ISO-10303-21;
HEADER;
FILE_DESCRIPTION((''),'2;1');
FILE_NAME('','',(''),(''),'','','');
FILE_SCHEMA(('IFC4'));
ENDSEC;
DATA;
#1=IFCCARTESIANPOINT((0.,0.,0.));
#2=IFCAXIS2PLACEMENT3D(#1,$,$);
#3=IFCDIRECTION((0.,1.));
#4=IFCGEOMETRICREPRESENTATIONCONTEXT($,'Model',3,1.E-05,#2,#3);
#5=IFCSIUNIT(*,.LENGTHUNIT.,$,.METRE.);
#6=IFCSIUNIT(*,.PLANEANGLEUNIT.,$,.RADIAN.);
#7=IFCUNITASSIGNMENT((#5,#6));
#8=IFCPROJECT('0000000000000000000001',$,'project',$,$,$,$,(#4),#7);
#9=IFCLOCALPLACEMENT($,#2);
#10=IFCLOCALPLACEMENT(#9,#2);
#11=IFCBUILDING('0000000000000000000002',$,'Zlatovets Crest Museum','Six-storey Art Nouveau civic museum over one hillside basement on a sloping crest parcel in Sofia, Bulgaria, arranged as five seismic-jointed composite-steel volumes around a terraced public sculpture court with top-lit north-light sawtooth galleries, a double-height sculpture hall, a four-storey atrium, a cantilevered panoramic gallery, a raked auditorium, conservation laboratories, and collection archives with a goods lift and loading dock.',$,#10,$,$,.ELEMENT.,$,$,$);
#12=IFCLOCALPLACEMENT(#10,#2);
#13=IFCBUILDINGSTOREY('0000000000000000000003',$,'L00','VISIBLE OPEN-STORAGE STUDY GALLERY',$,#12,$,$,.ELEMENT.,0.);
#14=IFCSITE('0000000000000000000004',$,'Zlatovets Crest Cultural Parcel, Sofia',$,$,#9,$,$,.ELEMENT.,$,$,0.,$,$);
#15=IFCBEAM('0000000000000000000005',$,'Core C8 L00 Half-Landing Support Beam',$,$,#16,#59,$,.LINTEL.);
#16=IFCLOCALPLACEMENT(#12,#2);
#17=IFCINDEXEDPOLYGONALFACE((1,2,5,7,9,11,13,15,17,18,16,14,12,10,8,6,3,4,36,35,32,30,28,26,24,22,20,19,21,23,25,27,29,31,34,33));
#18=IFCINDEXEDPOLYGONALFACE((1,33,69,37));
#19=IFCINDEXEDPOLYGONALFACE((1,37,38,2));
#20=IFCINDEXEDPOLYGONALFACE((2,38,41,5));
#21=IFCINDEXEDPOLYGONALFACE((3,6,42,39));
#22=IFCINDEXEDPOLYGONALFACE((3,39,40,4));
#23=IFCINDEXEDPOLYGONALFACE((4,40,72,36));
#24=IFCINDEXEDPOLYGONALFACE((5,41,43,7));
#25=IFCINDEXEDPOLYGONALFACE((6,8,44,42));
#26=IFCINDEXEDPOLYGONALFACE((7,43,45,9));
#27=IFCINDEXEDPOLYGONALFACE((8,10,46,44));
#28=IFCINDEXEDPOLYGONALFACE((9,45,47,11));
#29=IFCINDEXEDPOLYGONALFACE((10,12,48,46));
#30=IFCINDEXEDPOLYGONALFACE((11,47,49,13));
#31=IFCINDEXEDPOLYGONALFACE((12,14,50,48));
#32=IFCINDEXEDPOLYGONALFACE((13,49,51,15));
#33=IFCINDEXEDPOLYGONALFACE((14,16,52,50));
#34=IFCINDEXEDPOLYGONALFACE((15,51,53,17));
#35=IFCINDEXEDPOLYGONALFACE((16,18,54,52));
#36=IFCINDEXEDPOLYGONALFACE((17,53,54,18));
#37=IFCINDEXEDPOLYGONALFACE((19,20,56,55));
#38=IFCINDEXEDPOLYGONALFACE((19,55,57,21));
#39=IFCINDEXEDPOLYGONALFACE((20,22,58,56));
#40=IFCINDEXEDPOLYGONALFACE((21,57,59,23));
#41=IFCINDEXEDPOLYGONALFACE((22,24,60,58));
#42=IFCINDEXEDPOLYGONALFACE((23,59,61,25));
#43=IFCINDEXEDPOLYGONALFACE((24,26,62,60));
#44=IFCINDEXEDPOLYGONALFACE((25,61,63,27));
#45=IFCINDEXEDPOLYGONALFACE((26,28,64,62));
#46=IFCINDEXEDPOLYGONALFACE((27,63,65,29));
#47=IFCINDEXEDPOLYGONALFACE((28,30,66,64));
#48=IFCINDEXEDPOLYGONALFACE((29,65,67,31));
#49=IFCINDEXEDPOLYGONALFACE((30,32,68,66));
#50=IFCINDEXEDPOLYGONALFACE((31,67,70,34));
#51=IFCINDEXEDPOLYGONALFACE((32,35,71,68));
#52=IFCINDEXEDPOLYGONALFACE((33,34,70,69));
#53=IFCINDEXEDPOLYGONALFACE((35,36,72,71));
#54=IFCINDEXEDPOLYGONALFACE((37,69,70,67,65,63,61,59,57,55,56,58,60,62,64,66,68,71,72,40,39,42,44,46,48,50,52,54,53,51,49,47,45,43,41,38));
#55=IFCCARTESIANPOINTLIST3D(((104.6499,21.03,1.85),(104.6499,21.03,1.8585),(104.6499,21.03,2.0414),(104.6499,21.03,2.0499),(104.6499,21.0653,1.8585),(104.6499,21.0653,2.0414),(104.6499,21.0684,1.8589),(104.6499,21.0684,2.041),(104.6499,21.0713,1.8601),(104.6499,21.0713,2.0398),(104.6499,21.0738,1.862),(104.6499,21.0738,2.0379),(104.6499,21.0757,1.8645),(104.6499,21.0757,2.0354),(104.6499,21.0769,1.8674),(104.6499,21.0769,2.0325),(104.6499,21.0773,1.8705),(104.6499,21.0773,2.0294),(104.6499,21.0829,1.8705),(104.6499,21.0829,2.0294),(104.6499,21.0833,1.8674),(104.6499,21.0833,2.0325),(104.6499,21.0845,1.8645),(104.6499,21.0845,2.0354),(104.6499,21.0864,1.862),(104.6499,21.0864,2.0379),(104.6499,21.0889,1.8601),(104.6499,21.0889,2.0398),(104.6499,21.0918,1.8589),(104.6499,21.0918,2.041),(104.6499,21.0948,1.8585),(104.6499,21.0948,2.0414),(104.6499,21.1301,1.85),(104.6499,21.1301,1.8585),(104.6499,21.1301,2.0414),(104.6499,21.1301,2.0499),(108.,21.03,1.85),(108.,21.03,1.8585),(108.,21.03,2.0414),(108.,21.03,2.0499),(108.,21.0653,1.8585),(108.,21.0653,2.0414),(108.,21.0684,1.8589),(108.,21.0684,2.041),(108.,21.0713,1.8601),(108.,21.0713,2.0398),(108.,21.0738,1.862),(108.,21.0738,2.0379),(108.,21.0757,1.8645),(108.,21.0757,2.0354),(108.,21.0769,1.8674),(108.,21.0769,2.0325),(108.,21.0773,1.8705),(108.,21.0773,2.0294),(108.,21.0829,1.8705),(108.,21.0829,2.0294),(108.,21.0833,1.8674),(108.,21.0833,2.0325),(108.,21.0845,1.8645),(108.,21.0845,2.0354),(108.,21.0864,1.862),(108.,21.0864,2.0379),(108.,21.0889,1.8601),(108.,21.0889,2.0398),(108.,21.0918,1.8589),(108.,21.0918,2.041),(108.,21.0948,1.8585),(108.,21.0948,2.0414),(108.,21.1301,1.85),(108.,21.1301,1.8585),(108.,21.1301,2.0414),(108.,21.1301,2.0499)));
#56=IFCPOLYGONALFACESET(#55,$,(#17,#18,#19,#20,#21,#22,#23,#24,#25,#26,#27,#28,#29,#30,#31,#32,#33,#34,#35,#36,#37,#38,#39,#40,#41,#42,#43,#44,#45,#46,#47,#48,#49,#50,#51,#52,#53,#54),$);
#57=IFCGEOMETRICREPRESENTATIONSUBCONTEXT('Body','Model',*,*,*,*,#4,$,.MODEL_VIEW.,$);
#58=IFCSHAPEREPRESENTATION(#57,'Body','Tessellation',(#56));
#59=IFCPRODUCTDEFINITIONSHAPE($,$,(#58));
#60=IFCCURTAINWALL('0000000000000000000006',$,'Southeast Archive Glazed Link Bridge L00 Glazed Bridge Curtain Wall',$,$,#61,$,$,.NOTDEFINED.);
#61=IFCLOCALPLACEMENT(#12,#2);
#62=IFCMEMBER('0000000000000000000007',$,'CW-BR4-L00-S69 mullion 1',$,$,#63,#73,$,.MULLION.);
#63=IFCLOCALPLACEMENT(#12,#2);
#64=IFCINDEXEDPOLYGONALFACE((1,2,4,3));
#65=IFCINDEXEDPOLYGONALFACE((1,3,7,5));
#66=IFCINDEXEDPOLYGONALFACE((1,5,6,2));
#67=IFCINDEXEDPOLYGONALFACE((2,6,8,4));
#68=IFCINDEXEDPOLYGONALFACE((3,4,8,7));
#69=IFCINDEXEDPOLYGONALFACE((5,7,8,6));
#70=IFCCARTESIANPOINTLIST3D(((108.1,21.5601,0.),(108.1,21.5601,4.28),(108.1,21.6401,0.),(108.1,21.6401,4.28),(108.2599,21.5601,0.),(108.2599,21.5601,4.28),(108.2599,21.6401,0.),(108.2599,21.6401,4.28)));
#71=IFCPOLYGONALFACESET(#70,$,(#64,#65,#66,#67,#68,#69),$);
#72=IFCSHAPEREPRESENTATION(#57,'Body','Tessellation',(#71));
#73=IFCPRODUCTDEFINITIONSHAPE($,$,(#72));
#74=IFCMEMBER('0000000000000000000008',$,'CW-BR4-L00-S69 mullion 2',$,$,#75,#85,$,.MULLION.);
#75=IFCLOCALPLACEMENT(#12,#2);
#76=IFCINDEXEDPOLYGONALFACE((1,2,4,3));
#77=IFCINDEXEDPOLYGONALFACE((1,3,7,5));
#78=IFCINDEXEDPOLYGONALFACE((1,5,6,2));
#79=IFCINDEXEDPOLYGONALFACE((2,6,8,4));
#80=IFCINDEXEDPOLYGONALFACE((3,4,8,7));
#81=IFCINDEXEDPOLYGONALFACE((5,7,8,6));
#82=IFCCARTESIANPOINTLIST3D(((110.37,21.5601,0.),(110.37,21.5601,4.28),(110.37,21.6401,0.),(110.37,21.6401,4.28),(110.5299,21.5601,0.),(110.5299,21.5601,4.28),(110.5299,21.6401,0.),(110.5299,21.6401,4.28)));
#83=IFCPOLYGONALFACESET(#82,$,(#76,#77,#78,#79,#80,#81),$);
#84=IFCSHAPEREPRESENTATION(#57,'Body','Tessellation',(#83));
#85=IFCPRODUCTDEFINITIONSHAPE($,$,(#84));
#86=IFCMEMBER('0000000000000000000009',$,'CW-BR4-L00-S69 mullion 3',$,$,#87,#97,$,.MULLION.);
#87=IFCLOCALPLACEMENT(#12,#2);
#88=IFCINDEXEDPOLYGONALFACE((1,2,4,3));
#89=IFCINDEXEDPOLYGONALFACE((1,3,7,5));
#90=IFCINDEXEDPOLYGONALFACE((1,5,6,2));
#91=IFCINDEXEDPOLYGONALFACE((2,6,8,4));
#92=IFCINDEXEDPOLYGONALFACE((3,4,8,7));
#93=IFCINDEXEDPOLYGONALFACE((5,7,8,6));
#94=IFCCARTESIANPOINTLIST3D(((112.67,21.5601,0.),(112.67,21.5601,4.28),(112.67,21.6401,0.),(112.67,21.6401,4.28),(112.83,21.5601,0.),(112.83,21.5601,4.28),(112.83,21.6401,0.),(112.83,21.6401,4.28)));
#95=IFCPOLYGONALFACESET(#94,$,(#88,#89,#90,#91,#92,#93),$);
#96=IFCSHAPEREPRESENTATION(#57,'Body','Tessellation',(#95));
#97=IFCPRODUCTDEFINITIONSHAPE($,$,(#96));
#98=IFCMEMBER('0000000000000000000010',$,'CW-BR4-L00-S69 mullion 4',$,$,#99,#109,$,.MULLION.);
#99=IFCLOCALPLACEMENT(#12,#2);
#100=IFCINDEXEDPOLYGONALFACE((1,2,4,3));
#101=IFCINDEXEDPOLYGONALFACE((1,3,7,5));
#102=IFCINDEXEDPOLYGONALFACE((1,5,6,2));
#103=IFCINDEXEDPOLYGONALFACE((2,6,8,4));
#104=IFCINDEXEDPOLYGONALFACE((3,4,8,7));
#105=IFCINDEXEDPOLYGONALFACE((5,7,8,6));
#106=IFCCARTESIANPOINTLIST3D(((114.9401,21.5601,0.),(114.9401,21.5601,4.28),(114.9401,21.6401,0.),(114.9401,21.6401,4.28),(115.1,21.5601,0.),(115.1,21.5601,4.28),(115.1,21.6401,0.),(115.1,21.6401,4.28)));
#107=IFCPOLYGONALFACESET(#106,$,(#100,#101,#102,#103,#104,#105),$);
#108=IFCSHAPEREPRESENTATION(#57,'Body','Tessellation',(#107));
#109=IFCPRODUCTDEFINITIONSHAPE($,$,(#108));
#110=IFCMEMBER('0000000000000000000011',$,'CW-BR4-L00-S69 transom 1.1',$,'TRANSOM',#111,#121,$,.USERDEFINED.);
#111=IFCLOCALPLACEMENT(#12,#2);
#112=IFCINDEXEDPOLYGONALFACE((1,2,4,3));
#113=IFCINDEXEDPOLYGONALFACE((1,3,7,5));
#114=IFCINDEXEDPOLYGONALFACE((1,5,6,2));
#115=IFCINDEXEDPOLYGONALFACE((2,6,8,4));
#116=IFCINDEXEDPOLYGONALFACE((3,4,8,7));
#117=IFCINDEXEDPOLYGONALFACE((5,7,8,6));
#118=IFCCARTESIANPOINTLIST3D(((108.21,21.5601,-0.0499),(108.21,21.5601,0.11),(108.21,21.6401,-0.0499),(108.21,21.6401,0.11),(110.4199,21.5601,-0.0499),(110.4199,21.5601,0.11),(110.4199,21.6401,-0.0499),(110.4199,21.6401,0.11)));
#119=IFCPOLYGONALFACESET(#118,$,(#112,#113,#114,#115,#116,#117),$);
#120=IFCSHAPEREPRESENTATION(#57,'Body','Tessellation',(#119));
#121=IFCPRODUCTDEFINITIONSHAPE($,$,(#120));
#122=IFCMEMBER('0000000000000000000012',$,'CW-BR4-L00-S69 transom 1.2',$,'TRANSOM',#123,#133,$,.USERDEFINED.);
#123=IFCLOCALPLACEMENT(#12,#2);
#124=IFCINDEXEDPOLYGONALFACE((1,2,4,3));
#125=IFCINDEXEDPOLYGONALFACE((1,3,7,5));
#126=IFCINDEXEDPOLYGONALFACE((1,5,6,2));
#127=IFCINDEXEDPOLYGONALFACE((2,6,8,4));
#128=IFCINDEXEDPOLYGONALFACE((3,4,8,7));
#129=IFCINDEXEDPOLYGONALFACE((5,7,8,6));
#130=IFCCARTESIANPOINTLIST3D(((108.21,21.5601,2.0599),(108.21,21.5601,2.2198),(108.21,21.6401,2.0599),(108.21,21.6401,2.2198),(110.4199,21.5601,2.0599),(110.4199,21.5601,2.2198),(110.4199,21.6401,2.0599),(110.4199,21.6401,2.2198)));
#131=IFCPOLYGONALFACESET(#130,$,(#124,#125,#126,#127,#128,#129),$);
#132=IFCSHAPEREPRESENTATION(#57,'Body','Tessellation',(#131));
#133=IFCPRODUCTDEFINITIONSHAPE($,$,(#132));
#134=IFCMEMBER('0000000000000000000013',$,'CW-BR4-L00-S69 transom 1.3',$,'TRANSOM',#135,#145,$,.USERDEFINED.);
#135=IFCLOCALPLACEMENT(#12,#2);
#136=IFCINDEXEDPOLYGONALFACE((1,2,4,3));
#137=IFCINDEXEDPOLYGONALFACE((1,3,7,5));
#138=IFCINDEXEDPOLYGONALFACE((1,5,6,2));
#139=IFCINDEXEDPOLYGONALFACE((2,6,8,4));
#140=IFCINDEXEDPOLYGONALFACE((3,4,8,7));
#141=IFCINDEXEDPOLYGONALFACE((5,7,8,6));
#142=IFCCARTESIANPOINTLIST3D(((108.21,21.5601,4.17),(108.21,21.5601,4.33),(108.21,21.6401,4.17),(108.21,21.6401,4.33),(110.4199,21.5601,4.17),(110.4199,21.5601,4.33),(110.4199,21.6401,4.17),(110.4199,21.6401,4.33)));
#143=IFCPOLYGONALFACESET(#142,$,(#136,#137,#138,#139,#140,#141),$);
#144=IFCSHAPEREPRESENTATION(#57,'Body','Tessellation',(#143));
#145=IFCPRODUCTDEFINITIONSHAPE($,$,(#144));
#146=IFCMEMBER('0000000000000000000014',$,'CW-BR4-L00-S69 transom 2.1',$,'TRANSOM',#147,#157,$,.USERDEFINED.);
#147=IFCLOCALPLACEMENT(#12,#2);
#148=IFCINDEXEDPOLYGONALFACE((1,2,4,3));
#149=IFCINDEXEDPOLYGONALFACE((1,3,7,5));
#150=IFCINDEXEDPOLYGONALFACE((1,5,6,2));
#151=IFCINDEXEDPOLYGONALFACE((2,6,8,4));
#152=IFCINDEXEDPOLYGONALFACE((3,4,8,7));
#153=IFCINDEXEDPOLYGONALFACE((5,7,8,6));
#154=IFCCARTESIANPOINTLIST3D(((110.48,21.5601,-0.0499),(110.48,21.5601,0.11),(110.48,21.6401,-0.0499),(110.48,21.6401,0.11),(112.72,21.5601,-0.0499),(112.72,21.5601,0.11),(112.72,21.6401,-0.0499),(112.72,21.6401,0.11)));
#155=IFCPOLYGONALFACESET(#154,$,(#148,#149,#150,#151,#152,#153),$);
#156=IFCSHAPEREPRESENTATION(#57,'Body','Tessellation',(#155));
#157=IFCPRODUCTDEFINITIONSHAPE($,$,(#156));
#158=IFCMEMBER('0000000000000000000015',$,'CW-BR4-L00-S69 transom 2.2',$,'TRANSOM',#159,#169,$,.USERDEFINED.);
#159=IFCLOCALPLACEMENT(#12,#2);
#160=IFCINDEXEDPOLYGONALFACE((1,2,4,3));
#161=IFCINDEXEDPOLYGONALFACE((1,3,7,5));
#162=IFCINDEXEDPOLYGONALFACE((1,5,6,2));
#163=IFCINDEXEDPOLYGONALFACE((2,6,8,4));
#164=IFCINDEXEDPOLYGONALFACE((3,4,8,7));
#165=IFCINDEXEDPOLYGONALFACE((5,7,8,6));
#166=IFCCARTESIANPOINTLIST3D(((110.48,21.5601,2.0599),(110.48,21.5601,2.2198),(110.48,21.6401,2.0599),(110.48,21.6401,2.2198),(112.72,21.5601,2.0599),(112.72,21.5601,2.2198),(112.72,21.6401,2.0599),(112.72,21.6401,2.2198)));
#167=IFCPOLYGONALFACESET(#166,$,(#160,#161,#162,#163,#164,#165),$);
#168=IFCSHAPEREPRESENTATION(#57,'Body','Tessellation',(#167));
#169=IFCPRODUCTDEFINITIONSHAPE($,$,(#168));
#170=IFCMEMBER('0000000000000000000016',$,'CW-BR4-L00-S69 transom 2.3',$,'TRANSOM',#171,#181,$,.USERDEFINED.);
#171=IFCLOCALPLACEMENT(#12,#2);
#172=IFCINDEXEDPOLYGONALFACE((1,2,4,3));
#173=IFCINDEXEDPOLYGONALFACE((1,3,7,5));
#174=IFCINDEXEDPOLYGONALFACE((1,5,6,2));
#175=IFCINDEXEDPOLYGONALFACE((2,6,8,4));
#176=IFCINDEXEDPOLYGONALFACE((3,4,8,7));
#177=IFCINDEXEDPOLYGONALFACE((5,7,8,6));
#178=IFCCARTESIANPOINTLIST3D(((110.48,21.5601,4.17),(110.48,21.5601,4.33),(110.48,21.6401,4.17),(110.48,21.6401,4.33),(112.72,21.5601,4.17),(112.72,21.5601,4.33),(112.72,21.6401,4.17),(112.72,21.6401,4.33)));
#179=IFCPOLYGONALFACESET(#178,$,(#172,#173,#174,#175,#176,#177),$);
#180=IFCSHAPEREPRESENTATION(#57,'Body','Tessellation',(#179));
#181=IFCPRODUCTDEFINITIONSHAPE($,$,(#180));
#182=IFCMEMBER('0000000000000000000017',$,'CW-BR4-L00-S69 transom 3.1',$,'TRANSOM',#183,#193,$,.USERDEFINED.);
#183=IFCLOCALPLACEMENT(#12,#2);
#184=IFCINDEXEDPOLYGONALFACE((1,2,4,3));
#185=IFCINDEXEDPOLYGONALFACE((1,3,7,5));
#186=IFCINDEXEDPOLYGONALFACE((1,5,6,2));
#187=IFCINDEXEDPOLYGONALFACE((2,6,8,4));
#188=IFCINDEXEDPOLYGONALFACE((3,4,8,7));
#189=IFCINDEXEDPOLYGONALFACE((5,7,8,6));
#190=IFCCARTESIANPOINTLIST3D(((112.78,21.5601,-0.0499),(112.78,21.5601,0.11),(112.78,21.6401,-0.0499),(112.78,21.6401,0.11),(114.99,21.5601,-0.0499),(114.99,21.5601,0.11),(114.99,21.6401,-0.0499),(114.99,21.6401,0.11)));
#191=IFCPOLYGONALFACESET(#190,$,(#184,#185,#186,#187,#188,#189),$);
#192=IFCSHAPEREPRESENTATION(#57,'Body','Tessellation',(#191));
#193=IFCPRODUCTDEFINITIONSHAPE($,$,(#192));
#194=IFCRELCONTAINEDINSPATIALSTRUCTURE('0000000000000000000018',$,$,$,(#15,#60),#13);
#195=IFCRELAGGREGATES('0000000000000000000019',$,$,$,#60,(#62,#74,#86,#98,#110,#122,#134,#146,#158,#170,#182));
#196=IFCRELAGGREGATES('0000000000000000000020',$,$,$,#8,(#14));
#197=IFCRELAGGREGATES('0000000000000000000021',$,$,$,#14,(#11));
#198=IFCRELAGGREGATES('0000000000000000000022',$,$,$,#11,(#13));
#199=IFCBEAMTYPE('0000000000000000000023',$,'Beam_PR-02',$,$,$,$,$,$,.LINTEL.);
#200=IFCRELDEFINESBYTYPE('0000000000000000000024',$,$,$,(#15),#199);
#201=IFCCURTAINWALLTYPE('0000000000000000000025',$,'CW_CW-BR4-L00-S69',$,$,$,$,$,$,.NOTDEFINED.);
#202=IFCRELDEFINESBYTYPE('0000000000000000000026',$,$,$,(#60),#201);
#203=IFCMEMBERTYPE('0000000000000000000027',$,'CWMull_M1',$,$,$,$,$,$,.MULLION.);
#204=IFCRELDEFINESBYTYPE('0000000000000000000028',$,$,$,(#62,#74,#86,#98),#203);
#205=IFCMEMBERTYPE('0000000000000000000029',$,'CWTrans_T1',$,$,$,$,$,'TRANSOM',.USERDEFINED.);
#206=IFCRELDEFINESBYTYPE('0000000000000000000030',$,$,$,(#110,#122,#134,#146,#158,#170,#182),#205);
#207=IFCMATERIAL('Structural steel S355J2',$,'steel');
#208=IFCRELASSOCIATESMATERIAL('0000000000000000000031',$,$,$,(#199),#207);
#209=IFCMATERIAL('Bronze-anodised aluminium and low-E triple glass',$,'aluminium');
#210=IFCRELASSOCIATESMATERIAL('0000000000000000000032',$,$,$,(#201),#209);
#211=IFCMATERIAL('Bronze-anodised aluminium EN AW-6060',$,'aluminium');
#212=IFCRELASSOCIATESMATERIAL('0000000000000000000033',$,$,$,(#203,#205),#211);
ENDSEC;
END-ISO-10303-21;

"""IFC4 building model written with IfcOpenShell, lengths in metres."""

from ifc_helpers import new_model, si_unit, direction, frame, origin, origin_2d, place, context, subcontext, project, spatial, rectangle, i_section, extrude, material, material_profile, profile_set, type_object, element, aggregate, save


model = new_model("IFC4")

# Units and contexts
model_context = context("Model", 3, precision=1e-05, world=origin(), true_north=direction((0.0, 1.0)))
body_context = subcontext(model_context, "Body", "Model", "MODEL_VIEW")
ifc_project = project(units=[si_unit("LENGTHUNIT", "METRE"), si_unit("PLANEANGLEUNIT", "RADIAN")], contexts=[model_context])

# Site, building, storey
site_placement = place(None, origin())
site = spatial("IfcSite", under=ifc_project, at=site_placement, Name="Zlatovets Crest Cultural Parcel, Sofia", CompositionType="ELEMENT", RefElevation=0.0)
building_placement = place(site_placement, origin())
building = spatial("IfcBuilding", under=site, at=building_placement, Name="Zlatovets Crest Museum", Description="Six-storey Art Nouveau civic museum over one hillside basement on a sloping crest parcel in Sofia, Bulgaria, arranged as five seismic-jointed composite-steel volumes around a terraced public sculpture court with top-lit north-light sawtooth galleries, a double-height sculpture hall, a four-storey atrium, a cantilevered panoramic gallery, a raked auditorium, conservation laboratories, and collection archives with a goods lift and loading dock.", CompositionType="ELEMENT")
storey_placement = place(building_placement, origin())
storey = spatial("IfcBuildingStorey", under=building, at=storey_placement, Name="L00", Description="VISIBLE OPEN-STORAGE STUDY GALLERY", CompositionType="ELEMENT", Elevation=0.0)

# Shared definitions
ifc_material_1 = material(Name="Structural steel S355J2", Category="steel")

# Beam
ifc_material_profile_1 = material_profile(ifc_material_1, i_section(OverallWidth=0.1001, OverallDepth=0.2, WebThickness=0.0056, FlangeThickness=0.0085, FilletRadius=0.012, at=origin_2d()), Name="IPE 200")
ifc_profile_set_1 = profile_set([ifc_material_profile_1], Name="Structural steel S355J2")
beam_type_1 = type_object("IfcBeamType", Name="Beam_PR-02", PredefinedType="LINTEL", material=ifc_profile_set_1)
beam_1_placement = place(storey_placement, frame((104.6499, 21.0801, 1.95), z_axis=(1.0, 0.0, 0.0), x_axis=(0.0, 1.0, 0.0)))
element("IfcBeam", 1, at=beam_1_placement, inside=storey, type_object=beam_type_1, Name="Core C8 L00 Half-Landing Support Beam", PredefinedType="LINTEL", context=body_context, shape_type="SweptSolid", body=[
    extrude(i_section(OverallWidth=0.1001, OverallDepth=0.2, WebThickness=0.0056, FlangeThickness=0.0085, FilletRadius=0.012, at=origin_2d()), origin(), (0.0, 0.0, 1.0), 3.3501),
])

# Curtain wall, members
ifc_material_2 = material(Name="Bronze-anodised aluminium and low-E triple glass", Category="aluminium")
curtain_wall_type = type_object("IfcCurtainWallType", Name="CW_CW-BR4-L00-S69", PredefinedType="NOTDEFINED", material=ifc_material_2)
curtain_wall_placement = place(storey_placement, origin())
curtain_wall = element("IfcCurtainWall", 2, at=curtain_wall_placement, inside=storey, type_object=curtain_wall_type, Name="Southeast Archive Glazed Link Bridge L00 Glazed Bridge Curtain Wall", PredefinedType="NOTDEFINED")
ifc_material_3 = material(Name="Bronze-anodised aluminium EN AW-6060", Category="aluminium")
ifc_material_profile_2 = material_profile(ifc_material_3, rectangle(XDim=0.0801, YDim=0.1599, at=origin_2d()), Name="ALU 80x160")
ifc_profile_set_2 = profile_set([ifc_material_profile_2], Name="Bronze-anodised aluminium EN AW-6060")
member_type_1 = type_object("IfcMemberType", Name="CWMull_M1", PredefinedType="MULLION", material=ifc_profile_set_2)
member_1_placement = place(storey_placement, frame((108.1799, 21.6001, 0.0), z_axis=(0.0, 0.0, 1.0), x_axis=(0.0, 1.0, 0.0)))
member_1 = element("IfcMember", 3, at=member_1_placement, type_object=member_type_1, Name="CW-BR4-L00-S69 mullion 1", PredefinedType="MULLION", context=body_context, shape_type="SweptSolid", body=[
    extrude(rectangle(XDim=0.0801, YDim=0.1599, at=origin_2d()), origin(), (0.0, 0.0, 1.0), 4.28),
])
member_2_placement = place(storey_placement, frame((110.45, 21.6001, 0.0), z_axis=(0.0, 0.0, 1.0), x_axis=(0.0, 1.0, 0.0)))
member_2 = element("IfcMember", 4, at=member_2_placement, type_object=member_type_1, Name="CW-BR4-L00-S69 mullion 2", PredefinedType="MULLION", context=body_context, shape_type="SweptSolid", body=[
    extrude(rectangle(XDim=0.0801, YDim=0.1599, at=origin_2d()), origin(), (0.0, 0.0, 1.0), 4.28),
])
member_3_placement = place(storey_placement, frame((112.75, 21.6001, 0.0), z_axis=(0.0, 0.0, 1.0), x_axis=(0.0, 1.0, 0.0)))
member_3 = element("IfcMember", 5, at=member_3_placement, type_object=member_type_1, Name="CW-BR4-L00-S69 mullion 3", PredefinedType="MULLION", context=body_context, shape_type="SweptSolid", body=[
    extrude(rectangle(XDim=0.0801, YDim=0.1599, at=origin_2d()), origin(), (0.0, 0.0, 1.0), 4.28),
])
member_4_placement = place(storey_placement, frame((115.02, 21.6001, 0.0), z_axis=(0.0, 0.0, 1.0), x_axis=(0.0, 1.0, 0.0)))
member_4 = element("IfcMember", 6, at=member_4_placement, type_object=member_type_1, Name="CW-BR4-L00-S69 mullion 4", PredefinedType="MULLION", context=body_context, shape_type="SweptSolid", body=[
    extrude(rectangle(XDim=0.0801, YDim=0.1599, at=origin_2d()), origin(), (0.0, 0.0, 1.0), 4.28),
])
ifc_material_profile_3 = material_profile(ifc_material_3, rectangle(XDim=0.0801, YDim=0.1599, at=origin_2d()), Name="ALU 80x160")
ifc_profile_set_3 = profile_set([ifc_material_profile_3], Name="Bronze-anodised aluminium EN AW-6060")
member_type_2 = type_object("IfcMemberType", Name="CWTrans_T1", ElementType="TRANSOM", PredefinedType="USERDEFINED", material=ifc_profile_set_3)
member_5_placement = place(storey_placement, frame((108.21, 21.6001, 0.03), z_axis=(1.0, 0.0, 0.0), x_axis=(0.0, 1.0, 0.0)))
member_5 = element("IfcMember", 7, at=member_5_placement, type_object=member_type_2, Name="CW-BR4-L00-S69 transom 1.1", ObjectType="TRANSOM", PredefinedType="USERDEFINED", context=body_context, shape_type="SweptSolid", body=[
    extrude(rectangle(XDim=0.0801, YDim=0.1599, at=origin_2d()), origin(), (0.0, 0.0, 1.0), 2.21),
])
member_6_placement = place(storey_placement, frame((108.21, 21.6001, 2.1399), z_axis=(1.0, 0.0, 0.0), x_axis=(0.0, 1.0, 0.0)))
member_6 = element("IfcMember", 8, at=member_6_placement, type_object=member_type_2, Name="CW-BR4-L00-S69 transom 1.2", ObjectType="TRANSOM", PredefinedType="USERDEFINED", context=body_context, shape_type="SweptSolid", body=[
    extrude(rectangle(XDim=0.0801, YDim=0.1599, at=origin_2d()), origin(), (0.0, 0.0, 1.0), 2.21),
])
member_7_placement = place(storey_placement, frame((108.21, 21.6001, 4.25), z_axis=(1.0, 0.0, 0.0), x_axis=(0.0, 1.0, 0.0)))
member_7 = element("IfcMember", 9, at=member_7_placement, type_object=member_type_2, Name="CW-BR4-L00-S69 transom 1.3", ObjectType="TRANSOM", PredefinedType="USERDEFINED", context=body_context, shape_type="SweptSolid", body=[
    extrude(rectangle(XDim=0.0801, YDim=0.1599, at=origin_2d()), origin(), (0.0, 0.0, 1.0), 2.21),
])
member_8_placement = place(storey_placement, frame((110.48, 21.6001, 0.03), z_axis=(1.0, 0.0, 0.0), x_axis=(0.0, 1.0, 0.0)))
member_8 = element("IfcMember", 10, at=member_8_placement, type_object=member_type_2, Name="CW-BR4-L00-S69 transom 2.1", ObjectType="TRANSOM", PredefinedType="USERDEFINED", context=body_context, shape_type="SweptSolid", body=[
    extrude(rectangle(XDim=0.0801, YDim=0.1599, at=origin_2d()), origin(), (0.0, 0.0, 1.0), 2.24),
])
member_9_placement = place(storey_placement, frame((110.48, 21.6001, 2.1399), z_axis=(1.0, 0.0, 0.0), x_axis=(0.0, 1.0, 0.0)))
member_9 = element("IfcMember", 11, at=member_9_placement, type_object=member_type_2, Name="CW-BR4-L00-S69 transom 2.2", ObjectType="TRANSOM", PredefinedType="USERDEFINED", context=body_context, shape_type="SweptSolid", body=[
    extrude(rectangle(XDim=0.0801, YDim=0.1599, at=origin_2d()), origin(), (0.0, 0.0, 1.0), 2.24),
])
member_10_placement = place(storey_placement, frame((110.48, 21.6001, 4.25), z_axis=(1.0, 0.0, 0.0), x_axis=(0.0, 1.0, 0.0)))
member_10 = element("IfcMember", 12, at=member_10_placement, type_object=member_type_2, Name="CW-BR4-L00-S69 transom 2.3", ObjectType="TRANSOM", PredefinedType="USERDEFINED", context=body_context, shape_type="SweptSolid", body=[
    extrude(rectangle(XDim=0.0801, YDim=0.1599, at=origin_2d()), origin(), (0.0, 0.0, 1.0), 2.24),
])
member_11_placement = place(storey_placement, frame((112.78, 21.6001, 0.03), z_axis=(1.0, 0.0, 0.0), x_axis=(0.0, 1.0, 0.0)))
member_11 = element("IfcMember", 13, at=member_11_placement, type_object=member_type_2, Name="CW-BR4-L00-S69 transom 3.1", ObjectType="TRANSOM", PredefinedType="USERDEFINED", context=body_context, shape_type="SweptSolid", body=[
    extrude(rectangle(XDim=0.0801, YDim=0.1599, at=origin_2d()), origin(), (0.0, 0.0, 1.0), 2.21),
])

aggregate(curtain_wall, [member_1, member_2, member_3, member_4, member_5, member_6, member_7, member_8, member_9, member_10, member_11])

save(model, "model.ifc")
